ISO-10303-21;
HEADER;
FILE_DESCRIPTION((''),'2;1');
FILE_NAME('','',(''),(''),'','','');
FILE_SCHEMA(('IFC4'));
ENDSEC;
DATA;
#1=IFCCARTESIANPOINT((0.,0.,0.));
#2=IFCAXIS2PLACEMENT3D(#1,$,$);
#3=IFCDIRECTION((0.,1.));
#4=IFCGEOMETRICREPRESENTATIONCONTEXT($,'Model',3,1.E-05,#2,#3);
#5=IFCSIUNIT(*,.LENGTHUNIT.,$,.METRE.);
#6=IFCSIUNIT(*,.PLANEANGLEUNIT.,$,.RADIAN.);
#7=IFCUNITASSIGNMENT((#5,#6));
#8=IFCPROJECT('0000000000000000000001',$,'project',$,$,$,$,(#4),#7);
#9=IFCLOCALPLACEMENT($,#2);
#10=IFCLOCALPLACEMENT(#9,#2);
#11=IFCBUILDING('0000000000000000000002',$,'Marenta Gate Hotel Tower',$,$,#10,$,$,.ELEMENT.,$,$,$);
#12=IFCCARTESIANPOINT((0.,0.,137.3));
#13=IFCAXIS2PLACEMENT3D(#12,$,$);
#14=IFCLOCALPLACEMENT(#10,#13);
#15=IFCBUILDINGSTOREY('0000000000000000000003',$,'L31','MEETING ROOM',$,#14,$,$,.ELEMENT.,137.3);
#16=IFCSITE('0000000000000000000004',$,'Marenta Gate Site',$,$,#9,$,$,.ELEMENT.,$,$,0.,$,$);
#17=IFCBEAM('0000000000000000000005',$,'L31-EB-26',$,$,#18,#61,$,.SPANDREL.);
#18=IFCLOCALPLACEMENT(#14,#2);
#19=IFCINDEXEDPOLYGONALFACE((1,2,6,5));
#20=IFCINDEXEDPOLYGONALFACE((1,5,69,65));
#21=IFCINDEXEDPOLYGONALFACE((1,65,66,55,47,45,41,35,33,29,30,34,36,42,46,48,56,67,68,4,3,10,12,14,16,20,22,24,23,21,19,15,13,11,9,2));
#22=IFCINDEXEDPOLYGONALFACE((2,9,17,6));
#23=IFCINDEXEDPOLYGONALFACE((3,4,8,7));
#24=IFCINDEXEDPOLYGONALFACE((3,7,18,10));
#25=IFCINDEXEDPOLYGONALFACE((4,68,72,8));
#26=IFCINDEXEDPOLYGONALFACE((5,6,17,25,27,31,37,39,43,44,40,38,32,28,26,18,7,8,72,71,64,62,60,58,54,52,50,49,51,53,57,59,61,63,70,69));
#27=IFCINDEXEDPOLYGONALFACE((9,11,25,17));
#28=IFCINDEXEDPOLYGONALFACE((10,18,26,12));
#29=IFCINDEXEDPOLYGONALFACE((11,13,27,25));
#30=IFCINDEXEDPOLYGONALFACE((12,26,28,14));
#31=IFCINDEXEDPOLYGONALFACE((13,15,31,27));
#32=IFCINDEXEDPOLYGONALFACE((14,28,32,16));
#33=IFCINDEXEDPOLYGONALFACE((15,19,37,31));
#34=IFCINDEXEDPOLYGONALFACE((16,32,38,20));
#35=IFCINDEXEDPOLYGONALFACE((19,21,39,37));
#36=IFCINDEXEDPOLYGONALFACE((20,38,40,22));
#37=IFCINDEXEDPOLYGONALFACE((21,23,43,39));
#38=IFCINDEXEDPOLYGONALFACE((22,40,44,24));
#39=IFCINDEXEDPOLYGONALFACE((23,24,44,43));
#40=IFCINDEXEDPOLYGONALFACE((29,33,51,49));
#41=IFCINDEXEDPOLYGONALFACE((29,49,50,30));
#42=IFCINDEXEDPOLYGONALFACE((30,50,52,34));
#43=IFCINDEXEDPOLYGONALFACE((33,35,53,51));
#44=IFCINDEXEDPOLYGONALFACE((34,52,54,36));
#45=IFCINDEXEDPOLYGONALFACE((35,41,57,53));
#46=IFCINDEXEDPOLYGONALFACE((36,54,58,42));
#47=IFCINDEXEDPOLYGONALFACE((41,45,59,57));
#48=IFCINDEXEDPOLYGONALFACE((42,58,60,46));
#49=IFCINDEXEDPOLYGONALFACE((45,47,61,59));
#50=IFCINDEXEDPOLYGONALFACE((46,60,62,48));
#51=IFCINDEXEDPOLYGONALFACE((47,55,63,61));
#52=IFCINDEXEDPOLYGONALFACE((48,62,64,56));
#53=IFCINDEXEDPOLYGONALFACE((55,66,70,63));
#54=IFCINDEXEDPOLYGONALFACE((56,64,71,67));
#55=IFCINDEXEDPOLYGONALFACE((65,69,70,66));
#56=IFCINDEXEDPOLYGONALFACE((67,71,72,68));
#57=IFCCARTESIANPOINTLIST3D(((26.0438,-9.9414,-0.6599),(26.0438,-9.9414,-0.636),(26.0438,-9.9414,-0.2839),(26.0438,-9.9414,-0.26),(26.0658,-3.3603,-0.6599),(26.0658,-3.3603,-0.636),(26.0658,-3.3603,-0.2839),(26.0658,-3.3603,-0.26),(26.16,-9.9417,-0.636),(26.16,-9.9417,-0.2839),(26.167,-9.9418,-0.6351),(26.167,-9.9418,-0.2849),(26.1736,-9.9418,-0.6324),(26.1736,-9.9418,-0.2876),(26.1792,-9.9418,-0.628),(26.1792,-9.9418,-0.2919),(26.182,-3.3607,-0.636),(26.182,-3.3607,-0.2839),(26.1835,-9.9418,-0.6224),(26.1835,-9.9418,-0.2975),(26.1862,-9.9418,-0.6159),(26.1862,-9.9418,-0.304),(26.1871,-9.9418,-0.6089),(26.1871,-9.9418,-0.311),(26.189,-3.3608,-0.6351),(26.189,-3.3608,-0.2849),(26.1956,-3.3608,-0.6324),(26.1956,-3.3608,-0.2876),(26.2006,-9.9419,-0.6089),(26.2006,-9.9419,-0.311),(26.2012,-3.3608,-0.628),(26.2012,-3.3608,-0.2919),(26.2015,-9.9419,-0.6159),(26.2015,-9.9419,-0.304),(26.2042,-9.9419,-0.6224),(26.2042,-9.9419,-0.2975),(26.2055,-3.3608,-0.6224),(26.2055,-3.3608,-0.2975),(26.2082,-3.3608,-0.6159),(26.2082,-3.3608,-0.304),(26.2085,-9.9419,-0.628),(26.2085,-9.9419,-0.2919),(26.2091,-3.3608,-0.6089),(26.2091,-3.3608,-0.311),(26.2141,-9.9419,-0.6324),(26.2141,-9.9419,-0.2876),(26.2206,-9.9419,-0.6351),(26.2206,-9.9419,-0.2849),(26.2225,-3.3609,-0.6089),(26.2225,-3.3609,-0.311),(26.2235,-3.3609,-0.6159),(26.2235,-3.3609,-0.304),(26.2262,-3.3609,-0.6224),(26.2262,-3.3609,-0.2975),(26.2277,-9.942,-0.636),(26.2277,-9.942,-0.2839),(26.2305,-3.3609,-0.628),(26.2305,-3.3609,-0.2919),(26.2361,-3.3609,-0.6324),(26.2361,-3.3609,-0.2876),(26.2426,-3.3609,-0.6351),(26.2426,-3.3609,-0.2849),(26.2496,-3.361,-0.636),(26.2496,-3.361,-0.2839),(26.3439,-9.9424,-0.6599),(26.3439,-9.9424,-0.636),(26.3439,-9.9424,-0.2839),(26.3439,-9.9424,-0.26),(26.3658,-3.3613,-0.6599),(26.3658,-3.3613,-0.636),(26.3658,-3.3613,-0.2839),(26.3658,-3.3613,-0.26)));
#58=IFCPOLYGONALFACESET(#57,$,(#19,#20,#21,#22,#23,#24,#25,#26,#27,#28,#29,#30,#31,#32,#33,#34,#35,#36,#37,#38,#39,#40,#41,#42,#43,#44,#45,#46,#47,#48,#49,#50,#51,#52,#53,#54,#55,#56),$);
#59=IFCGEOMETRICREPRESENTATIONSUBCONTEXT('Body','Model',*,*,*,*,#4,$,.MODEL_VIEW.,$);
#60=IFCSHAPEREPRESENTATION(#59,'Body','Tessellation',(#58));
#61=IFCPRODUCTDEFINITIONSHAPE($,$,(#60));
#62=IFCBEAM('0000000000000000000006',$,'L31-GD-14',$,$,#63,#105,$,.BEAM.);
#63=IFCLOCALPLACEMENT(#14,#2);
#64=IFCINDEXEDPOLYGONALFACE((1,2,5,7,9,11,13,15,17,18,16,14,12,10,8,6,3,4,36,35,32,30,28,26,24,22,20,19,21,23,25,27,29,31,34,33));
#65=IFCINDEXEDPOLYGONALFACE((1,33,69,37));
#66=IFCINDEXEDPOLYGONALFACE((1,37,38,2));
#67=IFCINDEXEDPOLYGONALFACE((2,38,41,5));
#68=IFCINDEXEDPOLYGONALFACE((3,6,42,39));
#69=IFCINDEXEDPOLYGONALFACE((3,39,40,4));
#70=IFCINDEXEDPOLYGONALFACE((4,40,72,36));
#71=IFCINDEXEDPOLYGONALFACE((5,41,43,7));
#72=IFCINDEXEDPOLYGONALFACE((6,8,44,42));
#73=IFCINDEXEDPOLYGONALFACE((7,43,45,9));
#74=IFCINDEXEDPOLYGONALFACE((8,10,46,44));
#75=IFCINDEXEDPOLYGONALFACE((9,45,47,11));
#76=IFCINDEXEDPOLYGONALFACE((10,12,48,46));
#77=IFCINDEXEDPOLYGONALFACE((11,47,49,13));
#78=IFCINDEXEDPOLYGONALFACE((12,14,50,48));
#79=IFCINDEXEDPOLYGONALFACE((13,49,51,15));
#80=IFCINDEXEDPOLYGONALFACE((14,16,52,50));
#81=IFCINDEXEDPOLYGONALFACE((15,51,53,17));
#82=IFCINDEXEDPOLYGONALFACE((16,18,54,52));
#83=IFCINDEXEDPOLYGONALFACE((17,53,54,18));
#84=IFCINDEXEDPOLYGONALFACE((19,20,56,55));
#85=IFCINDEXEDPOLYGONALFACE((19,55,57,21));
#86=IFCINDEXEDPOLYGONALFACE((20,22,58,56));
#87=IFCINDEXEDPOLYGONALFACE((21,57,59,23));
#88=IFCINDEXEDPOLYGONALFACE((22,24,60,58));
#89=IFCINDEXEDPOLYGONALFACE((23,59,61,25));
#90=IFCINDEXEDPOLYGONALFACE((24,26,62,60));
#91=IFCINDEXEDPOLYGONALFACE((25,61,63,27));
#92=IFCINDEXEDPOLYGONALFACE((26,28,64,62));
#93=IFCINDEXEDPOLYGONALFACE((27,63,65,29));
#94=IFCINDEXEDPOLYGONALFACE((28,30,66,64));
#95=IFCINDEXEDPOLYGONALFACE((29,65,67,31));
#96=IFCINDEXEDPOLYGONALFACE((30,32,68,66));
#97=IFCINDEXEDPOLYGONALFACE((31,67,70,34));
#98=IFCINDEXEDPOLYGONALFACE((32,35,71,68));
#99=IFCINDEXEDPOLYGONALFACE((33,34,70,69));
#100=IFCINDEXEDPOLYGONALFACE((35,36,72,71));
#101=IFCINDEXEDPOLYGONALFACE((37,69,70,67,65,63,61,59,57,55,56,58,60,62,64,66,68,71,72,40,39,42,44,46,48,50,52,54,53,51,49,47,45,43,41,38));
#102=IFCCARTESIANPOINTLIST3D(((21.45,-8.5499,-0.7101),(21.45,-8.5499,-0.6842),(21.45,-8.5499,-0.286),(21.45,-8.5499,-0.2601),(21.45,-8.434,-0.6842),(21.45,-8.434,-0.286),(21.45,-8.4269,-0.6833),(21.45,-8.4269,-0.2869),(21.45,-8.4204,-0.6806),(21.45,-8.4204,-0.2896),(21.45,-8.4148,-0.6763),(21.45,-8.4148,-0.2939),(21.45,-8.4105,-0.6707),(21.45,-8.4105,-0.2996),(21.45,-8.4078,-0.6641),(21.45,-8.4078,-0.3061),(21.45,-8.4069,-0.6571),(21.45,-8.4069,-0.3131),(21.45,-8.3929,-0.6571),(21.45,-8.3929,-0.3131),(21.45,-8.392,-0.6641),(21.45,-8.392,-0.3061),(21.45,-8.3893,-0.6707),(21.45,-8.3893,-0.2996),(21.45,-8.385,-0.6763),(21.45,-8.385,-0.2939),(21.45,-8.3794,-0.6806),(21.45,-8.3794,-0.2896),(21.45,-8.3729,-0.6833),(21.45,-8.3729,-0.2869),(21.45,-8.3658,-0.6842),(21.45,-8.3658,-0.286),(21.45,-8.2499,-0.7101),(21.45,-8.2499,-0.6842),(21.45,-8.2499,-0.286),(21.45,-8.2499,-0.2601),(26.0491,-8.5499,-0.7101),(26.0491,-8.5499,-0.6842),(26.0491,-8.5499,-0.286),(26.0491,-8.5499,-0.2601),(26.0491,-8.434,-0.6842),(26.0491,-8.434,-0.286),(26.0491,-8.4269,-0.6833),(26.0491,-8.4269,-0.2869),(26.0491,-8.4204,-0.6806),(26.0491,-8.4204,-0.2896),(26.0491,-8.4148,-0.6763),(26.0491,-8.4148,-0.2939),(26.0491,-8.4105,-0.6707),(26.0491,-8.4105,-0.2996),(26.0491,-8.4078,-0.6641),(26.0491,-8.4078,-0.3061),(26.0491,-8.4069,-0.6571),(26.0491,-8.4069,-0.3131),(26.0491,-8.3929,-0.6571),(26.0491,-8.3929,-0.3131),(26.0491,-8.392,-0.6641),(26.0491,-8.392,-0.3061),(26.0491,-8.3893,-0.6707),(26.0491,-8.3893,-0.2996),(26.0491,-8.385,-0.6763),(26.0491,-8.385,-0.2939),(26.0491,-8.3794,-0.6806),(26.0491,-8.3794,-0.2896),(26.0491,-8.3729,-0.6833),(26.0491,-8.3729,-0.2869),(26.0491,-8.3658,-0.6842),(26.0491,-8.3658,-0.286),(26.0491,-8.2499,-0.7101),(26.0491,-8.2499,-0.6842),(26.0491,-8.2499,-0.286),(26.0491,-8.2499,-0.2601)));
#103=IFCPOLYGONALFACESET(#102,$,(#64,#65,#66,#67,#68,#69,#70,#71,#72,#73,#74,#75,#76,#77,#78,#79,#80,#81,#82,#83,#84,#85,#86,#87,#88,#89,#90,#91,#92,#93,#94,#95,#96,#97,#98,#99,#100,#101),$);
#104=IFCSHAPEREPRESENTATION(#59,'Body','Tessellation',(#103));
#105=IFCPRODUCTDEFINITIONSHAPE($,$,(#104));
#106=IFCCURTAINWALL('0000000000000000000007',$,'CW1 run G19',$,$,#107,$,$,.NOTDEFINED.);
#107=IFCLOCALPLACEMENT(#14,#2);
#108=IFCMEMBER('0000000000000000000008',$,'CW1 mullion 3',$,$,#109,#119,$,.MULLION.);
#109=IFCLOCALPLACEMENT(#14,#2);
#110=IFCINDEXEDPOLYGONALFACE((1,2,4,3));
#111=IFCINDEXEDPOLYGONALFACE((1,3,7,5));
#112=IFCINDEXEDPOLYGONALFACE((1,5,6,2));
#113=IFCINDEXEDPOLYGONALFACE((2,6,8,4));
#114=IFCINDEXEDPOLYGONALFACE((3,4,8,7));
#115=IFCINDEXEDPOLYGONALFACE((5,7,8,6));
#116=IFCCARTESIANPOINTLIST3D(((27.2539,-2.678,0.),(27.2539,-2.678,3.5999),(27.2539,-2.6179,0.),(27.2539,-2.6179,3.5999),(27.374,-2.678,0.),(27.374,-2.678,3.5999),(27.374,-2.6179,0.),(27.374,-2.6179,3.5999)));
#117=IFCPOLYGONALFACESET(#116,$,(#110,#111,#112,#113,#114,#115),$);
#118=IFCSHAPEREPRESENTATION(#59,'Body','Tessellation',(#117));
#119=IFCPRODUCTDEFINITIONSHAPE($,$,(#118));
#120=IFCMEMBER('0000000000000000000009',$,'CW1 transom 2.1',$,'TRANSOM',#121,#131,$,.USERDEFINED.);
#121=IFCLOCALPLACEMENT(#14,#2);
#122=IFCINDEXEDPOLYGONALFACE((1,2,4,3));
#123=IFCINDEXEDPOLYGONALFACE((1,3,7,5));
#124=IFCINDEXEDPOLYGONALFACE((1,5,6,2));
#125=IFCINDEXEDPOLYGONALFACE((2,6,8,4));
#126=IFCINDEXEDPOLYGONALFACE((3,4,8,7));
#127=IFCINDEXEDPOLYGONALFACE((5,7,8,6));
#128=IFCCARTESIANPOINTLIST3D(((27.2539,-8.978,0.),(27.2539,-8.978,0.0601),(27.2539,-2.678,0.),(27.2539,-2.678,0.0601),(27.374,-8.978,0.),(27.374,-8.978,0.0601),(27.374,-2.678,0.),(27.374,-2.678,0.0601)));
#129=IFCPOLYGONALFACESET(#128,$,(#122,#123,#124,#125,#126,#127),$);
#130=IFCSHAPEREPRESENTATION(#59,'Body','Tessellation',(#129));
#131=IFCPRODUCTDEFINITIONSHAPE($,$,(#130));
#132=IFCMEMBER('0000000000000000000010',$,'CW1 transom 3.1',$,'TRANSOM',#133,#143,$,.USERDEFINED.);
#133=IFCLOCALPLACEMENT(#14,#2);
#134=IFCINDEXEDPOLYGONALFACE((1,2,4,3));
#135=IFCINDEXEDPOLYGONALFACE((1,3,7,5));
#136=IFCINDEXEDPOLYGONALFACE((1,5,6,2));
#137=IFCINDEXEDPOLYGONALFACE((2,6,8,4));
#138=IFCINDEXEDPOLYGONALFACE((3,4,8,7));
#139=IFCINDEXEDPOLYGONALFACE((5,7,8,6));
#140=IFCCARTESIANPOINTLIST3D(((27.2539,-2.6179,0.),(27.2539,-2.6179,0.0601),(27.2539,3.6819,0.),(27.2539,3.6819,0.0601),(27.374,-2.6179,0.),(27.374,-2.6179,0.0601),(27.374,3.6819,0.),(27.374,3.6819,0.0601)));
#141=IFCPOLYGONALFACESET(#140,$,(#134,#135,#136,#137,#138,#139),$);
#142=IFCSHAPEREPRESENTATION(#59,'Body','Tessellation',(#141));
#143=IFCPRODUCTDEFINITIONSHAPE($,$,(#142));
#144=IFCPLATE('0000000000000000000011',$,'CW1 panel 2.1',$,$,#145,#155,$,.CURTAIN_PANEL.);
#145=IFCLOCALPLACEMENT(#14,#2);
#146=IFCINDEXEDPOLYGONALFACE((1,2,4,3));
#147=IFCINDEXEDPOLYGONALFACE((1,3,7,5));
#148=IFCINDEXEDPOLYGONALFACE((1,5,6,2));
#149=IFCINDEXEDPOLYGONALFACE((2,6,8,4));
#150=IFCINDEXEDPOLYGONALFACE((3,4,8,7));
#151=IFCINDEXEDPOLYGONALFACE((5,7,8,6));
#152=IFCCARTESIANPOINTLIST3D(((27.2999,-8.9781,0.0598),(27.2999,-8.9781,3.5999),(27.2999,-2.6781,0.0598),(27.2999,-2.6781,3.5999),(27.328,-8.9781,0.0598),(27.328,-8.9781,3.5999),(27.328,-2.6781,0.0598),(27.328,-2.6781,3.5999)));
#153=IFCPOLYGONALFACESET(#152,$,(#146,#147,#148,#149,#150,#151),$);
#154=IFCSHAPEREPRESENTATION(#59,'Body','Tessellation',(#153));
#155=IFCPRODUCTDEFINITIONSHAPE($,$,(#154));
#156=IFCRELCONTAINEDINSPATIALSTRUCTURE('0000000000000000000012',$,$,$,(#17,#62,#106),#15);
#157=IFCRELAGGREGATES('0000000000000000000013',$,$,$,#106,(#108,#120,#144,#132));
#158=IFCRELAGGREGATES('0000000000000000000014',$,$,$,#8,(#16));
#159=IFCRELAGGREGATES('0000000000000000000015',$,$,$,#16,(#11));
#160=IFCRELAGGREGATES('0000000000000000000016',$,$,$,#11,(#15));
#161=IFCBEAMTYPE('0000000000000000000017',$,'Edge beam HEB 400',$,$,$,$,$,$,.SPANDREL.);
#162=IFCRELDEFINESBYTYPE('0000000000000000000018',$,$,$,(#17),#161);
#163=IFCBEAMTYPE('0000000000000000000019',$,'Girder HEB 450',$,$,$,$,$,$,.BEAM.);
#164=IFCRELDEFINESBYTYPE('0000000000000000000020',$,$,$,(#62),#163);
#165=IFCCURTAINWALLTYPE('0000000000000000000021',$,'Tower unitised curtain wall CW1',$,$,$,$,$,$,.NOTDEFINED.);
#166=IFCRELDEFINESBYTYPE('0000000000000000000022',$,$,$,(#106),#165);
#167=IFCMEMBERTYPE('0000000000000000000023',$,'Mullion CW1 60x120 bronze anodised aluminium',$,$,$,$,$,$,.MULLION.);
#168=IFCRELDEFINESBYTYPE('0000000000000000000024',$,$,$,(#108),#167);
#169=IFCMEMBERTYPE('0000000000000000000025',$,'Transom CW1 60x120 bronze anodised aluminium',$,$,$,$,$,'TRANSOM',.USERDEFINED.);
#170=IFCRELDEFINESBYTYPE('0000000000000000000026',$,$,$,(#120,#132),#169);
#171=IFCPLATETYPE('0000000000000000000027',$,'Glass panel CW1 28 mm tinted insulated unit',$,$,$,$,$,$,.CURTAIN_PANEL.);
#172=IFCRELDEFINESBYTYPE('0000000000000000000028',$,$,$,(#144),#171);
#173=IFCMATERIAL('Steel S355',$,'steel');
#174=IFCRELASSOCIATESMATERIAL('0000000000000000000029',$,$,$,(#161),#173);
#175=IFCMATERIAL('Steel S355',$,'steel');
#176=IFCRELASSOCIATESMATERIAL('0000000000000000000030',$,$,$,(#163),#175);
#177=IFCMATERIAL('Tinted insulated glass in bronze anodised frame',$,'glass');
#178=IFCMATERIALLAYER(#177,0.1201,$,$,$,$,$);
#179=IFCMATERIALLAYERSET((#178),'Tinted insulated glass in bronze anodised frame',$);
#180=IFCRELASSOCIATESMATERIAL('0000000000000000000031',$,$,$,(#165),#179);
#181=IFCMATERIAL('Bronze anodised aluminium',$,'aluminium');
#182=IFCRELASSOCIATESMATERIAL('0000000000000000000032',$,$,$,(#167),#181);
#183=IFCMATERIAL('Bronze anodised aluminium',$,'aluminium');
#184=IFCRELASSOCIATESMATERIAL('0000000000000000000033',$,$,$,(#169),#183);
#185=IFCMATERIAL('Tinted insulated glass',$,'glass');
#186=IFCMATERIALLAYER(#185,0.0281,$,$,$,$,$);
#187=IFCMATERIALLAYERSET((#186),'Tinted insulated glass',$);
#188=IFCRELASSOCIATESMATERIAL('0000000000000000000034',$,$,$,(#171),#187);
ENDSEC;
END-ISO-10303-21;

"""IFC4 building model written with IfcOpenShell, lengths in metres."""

from ifc_helpers import new_model, si_unit, direction, frame, origin, origin_2d, place, context, subcontext, project, spatial, rectangle, i_section, extrude, material, layer, layer_set, material_profile, profile_set, type_object, element, aggregate, save


model = new_model("IFC4")

# Units and contexts
model_context = context("Model", 3, precision=1e-05, world=origin(), true_north=direction((0.0, 1.0)))
body_context = subcontext(model_context, "Body", "Model", "MODEL_VIEW")
ifc_project = project(units=[si_unit("LENGTHUNIT", "METRE"), si_unit("PLANEANGLEUNIT", "RADIAN")], contexts=[model_context])

# Site, building, storey
site_placement = place(None, origin())
site = spatial("IfcSite", under=ifc_project, at=site_placement, Name="Marenta Gate Site", CompositionType="ELEMENT", RefElevation=0.0)
building_placement = place(site_placement, origin())
building = spatial("IfcBuilding", under=site, at=building_placement, Name="Marenta Gate Hotel Tower", CompositionType="ELEMENT")
storey_placement = place(building_placement, frame((0.0, 0.0, 137.3)))
storey = spatial("IfcBuildingStorey", under=building, at=storey_placement, Name="L31", Description="MEETING ROOM", CompositionType="ELEMENT", Elevation=137.3)

# Beams
ifc_material_1 = material(Name="Steel S355", Category="steel")
ifc_material_profile_1 = material_profile(ifc_material_1, i_section(OverallWidth=0.3, OverallDepth=0.3999, WebThickness=0.0134, FlangeThickness=0.0239, FilletRadius=0.0271, at=origin_2d()), Name="HEB 400")
ifc_profile_set_1 = profile_set([ifc_material_profile_1], Name="Steel S355")
beam_type_1 = type_object("IfcBeamType", Name="Edge beam HEB 400", PredefinedType="SPANDREL", material=ifc_profile_set_1)
beam_1_placement = place(storey_placement, frame((26.2158, -3.3608, -0.46), z_axis=(-0.003339, -0.999994, 0.0), x_axis=(0.999994, -0.003339, 0.0)))
element("IfcBeam", 1, at=beam_1_placement, inside=storey, type_object=beam_type_1, Name="L31-EB-26", PredefinedType="SPANDREL", context=body_context, shape_type="SweptSolid", body=[
    extrude(i_section(OverallWidth=0.3, OverallDepth=0.3999, WebThickness=0.0134, FlangeThickness=0.0239, FilletRadius=0.0271, at=origin_2d()), origin(), (0.0, 0.0, 1.0), 6.5811),
])
ifc_material_2 = material(Name="Steel S355", Category="steel")
ifc_material_profile_2 = material_profile(ifc_material_2, i_section(OverallWidth=0.3, OverallDepth=0.45, WebThickness=0.0139, FlangeThickness=0.0259, FilletRadius=0.0271, at=origin_2d()), Name="HEB 450")
ifc_profile_set_2 = profile_set([ifc_material_profile_2], Name="Steel S355")
beam_type_2 = type_object("IfcBeamType", Name="Girder HEB 450", PredefinedType="BEAM", material=ifc_profile_set_2)
beam_2_placement = place(storey_placement, frame((21.45, -8.3999, -0.4851), z_axis=(1.0, 0.0, 0.0), x_axis=(0.0, 1.0, 0.0)))
element("IfcBeam", 2, at=beam_2_placement, inside=storey, type_object=beam_type_2, Name="L31-GD-14", PredefinedType="BEAM", context=body_context, shape_type="SweptSolid", body=[
    extrude(i_section(OverallWidth=0.3, OverallDepth=0.45, WebThickness=0.0139, FlangeThickness=0.0259, FilletRadius=0.0271, at=origin_2d()), origin(), (0.0, 0.0, 1.0), 4.5991),
])

# Curtain wall, members, plate
ifc_material_3 = material(Name="Tinted insulated glass in bronze anodised frame", Category="glass")
ifc_layer_1 = layer(ifc_material_3, 0.1201)
ifc_layer_set_1 = layer_set([ifc_layer_1], Name="Tinted insulated glass in bronze anodised frame")
curtain_wall_type = type_object("IfcCurtainWallType", Name="Tower unitised curtain wall CW1", PredefinedType="NOTDEFINED", material=ifc_layer_set_1)
curtain_wall_placement = place(storey_placement, origin())
curtain_wall = element("IfcCurtainWall", 3, at=curtain_wall_placement, inside=storey, type_object=curtain_wall_type, Name="CW1 run G19", PredefinedType="NOTDEFINED")
ifc_material_4 = material(Name="Bronze anodised aluminium", Category="aluminium")
ifc_material_profile_3 = material_profile(ifc_material_4, rectangle(XDim=0.1201, YDim=0.0601, at=origin_2d()), Name="Mullion CW1 60x120 bronze anodised aluminium")
ifc_profile_set_3 = profile_set([ifc_material_profile_3], Name="Bronze anodised aluminium")
member_type_1 = type_object("IfcMemberType", Name="Mullion CW1 60x120 bronze anodised aluminium", PredefinedType="MULLION", material=ifc_profile_set_3)
member_1_placement = place(storey_placement, frame((27.314, -2.6479, 0.0), z_axis=(0.0, 0.0, 1.0), x_axis=(-1.0, 0.0, 0.0)))
member_1 = element("IfcMember", 4, at=member_1_placement, type_object=member_type_1, Name="CW1 mullion 3", PredefinedType="MULLION", context=body_context, shape_type="SweptSolid", body=[
    extrude(rectangle(XDim=0.1201, YDim=0.0601, at=origin_2d()), origin(), (0.0, 0.0, 1.0), 3.5999),
])
ifc_material_5 = material(Name="Bronze anodised aluminium", Category="aluminium")
ifc_material_profile_4 = material_profile(ifc_material_5, rectangle(XDim=0.1201, YDim=0.0601, at=origin_2d()), Name="Transom CW1 60x120 bronze anodised aluminium")
ifc_profile_set_4 = profile_set([ifc_material_profile_4], Name="Bronze anodised aluminium")
member_type_2 = type_object("IfcMemberType", Name="Transom CW1 60x120 bronze anodised aluminium", ElementType="TRANSOM", PredefinedType="USERDEFINED", material=ifc_profile_set_4)
member_2_placement = place(storey_placement, frame((27.314, -8.978, 0.03), z_axis=(0.0, 1.0, 0.0), x_axis=(-1.0, 0.0, 0.0)))
member_2 = element("IfcMember", 5, at=member_2_placement, type_object=member_type_2, Name="CW1 transom 2.1", ObjectType="TRANSOM", PredefinedType="USERDEFINED", context=body_context, shape_type="SweptSolid", body=[
    extrude(rectangle(XDim=0.1201, YDim=0.0601, at=origin_2d()), origin(), (0.0, 0.0, 1.0), 6.3),
])
member_3_placement = place(storey_placement, frame((27.314, -2.6179, 0.03), z_axis=(0.0, 1.0, 0.0), x_axis=(-1.0, 0.0, 0.0)))
member_3 = element("IfcMember", 6, at=member_3_placement, type_object=member_type_2, Name="CW1 transom 3.1", ObjectType="TRANSOM", PredefinedType="USERDEFINED", context=body_context, shape_type="SweptSolid", body=[
    extrude(rectangle(XDim=0.1201, YDim=0.0601, at=origin_2d()), origin(), (0.0, 0.0, 1.0), 6.2998),
])
ifc_material_6 = material(Name="Tinted insulated glass", Category="glass")
ifc_layer_2 = layer(ifc_material_6, 0.0281)
ifc_layer_set_2 = layer_set([ifc_layer_2], Name="Tinted insulated glass")
plate_type = type_object("IfcPlateType", Name="Glass panel CW1 28 mm tinted insulated unit", PredefinedType="CURTAIN_PANEL", material=ifc_layer_set_2)
plate_placement = place(storey_placement, frame((27.314, -5.8281, 0.0598), z_axis=(0.0, 0.0, 1.0), x_axis=(0.0, 1.0, 0.0)))
plate = element("IfcPlate", 7, at=plate_placement, type_object=plate_type, Name="CW1 panel 2.1", PredefinedType="CURTAIN_PANEL", context=body_context, shape_type="SweptSolid", body=[
    extrude(rectangle(XDim=6.3, YDim=0.0281, at=origin_2d()), origin(), (0.0, 0.0, 1.0), 3.54),
])
aggregate(curtain_wall, [member_1, member_2, plate, member_3])

save(model, "model.ifc")
